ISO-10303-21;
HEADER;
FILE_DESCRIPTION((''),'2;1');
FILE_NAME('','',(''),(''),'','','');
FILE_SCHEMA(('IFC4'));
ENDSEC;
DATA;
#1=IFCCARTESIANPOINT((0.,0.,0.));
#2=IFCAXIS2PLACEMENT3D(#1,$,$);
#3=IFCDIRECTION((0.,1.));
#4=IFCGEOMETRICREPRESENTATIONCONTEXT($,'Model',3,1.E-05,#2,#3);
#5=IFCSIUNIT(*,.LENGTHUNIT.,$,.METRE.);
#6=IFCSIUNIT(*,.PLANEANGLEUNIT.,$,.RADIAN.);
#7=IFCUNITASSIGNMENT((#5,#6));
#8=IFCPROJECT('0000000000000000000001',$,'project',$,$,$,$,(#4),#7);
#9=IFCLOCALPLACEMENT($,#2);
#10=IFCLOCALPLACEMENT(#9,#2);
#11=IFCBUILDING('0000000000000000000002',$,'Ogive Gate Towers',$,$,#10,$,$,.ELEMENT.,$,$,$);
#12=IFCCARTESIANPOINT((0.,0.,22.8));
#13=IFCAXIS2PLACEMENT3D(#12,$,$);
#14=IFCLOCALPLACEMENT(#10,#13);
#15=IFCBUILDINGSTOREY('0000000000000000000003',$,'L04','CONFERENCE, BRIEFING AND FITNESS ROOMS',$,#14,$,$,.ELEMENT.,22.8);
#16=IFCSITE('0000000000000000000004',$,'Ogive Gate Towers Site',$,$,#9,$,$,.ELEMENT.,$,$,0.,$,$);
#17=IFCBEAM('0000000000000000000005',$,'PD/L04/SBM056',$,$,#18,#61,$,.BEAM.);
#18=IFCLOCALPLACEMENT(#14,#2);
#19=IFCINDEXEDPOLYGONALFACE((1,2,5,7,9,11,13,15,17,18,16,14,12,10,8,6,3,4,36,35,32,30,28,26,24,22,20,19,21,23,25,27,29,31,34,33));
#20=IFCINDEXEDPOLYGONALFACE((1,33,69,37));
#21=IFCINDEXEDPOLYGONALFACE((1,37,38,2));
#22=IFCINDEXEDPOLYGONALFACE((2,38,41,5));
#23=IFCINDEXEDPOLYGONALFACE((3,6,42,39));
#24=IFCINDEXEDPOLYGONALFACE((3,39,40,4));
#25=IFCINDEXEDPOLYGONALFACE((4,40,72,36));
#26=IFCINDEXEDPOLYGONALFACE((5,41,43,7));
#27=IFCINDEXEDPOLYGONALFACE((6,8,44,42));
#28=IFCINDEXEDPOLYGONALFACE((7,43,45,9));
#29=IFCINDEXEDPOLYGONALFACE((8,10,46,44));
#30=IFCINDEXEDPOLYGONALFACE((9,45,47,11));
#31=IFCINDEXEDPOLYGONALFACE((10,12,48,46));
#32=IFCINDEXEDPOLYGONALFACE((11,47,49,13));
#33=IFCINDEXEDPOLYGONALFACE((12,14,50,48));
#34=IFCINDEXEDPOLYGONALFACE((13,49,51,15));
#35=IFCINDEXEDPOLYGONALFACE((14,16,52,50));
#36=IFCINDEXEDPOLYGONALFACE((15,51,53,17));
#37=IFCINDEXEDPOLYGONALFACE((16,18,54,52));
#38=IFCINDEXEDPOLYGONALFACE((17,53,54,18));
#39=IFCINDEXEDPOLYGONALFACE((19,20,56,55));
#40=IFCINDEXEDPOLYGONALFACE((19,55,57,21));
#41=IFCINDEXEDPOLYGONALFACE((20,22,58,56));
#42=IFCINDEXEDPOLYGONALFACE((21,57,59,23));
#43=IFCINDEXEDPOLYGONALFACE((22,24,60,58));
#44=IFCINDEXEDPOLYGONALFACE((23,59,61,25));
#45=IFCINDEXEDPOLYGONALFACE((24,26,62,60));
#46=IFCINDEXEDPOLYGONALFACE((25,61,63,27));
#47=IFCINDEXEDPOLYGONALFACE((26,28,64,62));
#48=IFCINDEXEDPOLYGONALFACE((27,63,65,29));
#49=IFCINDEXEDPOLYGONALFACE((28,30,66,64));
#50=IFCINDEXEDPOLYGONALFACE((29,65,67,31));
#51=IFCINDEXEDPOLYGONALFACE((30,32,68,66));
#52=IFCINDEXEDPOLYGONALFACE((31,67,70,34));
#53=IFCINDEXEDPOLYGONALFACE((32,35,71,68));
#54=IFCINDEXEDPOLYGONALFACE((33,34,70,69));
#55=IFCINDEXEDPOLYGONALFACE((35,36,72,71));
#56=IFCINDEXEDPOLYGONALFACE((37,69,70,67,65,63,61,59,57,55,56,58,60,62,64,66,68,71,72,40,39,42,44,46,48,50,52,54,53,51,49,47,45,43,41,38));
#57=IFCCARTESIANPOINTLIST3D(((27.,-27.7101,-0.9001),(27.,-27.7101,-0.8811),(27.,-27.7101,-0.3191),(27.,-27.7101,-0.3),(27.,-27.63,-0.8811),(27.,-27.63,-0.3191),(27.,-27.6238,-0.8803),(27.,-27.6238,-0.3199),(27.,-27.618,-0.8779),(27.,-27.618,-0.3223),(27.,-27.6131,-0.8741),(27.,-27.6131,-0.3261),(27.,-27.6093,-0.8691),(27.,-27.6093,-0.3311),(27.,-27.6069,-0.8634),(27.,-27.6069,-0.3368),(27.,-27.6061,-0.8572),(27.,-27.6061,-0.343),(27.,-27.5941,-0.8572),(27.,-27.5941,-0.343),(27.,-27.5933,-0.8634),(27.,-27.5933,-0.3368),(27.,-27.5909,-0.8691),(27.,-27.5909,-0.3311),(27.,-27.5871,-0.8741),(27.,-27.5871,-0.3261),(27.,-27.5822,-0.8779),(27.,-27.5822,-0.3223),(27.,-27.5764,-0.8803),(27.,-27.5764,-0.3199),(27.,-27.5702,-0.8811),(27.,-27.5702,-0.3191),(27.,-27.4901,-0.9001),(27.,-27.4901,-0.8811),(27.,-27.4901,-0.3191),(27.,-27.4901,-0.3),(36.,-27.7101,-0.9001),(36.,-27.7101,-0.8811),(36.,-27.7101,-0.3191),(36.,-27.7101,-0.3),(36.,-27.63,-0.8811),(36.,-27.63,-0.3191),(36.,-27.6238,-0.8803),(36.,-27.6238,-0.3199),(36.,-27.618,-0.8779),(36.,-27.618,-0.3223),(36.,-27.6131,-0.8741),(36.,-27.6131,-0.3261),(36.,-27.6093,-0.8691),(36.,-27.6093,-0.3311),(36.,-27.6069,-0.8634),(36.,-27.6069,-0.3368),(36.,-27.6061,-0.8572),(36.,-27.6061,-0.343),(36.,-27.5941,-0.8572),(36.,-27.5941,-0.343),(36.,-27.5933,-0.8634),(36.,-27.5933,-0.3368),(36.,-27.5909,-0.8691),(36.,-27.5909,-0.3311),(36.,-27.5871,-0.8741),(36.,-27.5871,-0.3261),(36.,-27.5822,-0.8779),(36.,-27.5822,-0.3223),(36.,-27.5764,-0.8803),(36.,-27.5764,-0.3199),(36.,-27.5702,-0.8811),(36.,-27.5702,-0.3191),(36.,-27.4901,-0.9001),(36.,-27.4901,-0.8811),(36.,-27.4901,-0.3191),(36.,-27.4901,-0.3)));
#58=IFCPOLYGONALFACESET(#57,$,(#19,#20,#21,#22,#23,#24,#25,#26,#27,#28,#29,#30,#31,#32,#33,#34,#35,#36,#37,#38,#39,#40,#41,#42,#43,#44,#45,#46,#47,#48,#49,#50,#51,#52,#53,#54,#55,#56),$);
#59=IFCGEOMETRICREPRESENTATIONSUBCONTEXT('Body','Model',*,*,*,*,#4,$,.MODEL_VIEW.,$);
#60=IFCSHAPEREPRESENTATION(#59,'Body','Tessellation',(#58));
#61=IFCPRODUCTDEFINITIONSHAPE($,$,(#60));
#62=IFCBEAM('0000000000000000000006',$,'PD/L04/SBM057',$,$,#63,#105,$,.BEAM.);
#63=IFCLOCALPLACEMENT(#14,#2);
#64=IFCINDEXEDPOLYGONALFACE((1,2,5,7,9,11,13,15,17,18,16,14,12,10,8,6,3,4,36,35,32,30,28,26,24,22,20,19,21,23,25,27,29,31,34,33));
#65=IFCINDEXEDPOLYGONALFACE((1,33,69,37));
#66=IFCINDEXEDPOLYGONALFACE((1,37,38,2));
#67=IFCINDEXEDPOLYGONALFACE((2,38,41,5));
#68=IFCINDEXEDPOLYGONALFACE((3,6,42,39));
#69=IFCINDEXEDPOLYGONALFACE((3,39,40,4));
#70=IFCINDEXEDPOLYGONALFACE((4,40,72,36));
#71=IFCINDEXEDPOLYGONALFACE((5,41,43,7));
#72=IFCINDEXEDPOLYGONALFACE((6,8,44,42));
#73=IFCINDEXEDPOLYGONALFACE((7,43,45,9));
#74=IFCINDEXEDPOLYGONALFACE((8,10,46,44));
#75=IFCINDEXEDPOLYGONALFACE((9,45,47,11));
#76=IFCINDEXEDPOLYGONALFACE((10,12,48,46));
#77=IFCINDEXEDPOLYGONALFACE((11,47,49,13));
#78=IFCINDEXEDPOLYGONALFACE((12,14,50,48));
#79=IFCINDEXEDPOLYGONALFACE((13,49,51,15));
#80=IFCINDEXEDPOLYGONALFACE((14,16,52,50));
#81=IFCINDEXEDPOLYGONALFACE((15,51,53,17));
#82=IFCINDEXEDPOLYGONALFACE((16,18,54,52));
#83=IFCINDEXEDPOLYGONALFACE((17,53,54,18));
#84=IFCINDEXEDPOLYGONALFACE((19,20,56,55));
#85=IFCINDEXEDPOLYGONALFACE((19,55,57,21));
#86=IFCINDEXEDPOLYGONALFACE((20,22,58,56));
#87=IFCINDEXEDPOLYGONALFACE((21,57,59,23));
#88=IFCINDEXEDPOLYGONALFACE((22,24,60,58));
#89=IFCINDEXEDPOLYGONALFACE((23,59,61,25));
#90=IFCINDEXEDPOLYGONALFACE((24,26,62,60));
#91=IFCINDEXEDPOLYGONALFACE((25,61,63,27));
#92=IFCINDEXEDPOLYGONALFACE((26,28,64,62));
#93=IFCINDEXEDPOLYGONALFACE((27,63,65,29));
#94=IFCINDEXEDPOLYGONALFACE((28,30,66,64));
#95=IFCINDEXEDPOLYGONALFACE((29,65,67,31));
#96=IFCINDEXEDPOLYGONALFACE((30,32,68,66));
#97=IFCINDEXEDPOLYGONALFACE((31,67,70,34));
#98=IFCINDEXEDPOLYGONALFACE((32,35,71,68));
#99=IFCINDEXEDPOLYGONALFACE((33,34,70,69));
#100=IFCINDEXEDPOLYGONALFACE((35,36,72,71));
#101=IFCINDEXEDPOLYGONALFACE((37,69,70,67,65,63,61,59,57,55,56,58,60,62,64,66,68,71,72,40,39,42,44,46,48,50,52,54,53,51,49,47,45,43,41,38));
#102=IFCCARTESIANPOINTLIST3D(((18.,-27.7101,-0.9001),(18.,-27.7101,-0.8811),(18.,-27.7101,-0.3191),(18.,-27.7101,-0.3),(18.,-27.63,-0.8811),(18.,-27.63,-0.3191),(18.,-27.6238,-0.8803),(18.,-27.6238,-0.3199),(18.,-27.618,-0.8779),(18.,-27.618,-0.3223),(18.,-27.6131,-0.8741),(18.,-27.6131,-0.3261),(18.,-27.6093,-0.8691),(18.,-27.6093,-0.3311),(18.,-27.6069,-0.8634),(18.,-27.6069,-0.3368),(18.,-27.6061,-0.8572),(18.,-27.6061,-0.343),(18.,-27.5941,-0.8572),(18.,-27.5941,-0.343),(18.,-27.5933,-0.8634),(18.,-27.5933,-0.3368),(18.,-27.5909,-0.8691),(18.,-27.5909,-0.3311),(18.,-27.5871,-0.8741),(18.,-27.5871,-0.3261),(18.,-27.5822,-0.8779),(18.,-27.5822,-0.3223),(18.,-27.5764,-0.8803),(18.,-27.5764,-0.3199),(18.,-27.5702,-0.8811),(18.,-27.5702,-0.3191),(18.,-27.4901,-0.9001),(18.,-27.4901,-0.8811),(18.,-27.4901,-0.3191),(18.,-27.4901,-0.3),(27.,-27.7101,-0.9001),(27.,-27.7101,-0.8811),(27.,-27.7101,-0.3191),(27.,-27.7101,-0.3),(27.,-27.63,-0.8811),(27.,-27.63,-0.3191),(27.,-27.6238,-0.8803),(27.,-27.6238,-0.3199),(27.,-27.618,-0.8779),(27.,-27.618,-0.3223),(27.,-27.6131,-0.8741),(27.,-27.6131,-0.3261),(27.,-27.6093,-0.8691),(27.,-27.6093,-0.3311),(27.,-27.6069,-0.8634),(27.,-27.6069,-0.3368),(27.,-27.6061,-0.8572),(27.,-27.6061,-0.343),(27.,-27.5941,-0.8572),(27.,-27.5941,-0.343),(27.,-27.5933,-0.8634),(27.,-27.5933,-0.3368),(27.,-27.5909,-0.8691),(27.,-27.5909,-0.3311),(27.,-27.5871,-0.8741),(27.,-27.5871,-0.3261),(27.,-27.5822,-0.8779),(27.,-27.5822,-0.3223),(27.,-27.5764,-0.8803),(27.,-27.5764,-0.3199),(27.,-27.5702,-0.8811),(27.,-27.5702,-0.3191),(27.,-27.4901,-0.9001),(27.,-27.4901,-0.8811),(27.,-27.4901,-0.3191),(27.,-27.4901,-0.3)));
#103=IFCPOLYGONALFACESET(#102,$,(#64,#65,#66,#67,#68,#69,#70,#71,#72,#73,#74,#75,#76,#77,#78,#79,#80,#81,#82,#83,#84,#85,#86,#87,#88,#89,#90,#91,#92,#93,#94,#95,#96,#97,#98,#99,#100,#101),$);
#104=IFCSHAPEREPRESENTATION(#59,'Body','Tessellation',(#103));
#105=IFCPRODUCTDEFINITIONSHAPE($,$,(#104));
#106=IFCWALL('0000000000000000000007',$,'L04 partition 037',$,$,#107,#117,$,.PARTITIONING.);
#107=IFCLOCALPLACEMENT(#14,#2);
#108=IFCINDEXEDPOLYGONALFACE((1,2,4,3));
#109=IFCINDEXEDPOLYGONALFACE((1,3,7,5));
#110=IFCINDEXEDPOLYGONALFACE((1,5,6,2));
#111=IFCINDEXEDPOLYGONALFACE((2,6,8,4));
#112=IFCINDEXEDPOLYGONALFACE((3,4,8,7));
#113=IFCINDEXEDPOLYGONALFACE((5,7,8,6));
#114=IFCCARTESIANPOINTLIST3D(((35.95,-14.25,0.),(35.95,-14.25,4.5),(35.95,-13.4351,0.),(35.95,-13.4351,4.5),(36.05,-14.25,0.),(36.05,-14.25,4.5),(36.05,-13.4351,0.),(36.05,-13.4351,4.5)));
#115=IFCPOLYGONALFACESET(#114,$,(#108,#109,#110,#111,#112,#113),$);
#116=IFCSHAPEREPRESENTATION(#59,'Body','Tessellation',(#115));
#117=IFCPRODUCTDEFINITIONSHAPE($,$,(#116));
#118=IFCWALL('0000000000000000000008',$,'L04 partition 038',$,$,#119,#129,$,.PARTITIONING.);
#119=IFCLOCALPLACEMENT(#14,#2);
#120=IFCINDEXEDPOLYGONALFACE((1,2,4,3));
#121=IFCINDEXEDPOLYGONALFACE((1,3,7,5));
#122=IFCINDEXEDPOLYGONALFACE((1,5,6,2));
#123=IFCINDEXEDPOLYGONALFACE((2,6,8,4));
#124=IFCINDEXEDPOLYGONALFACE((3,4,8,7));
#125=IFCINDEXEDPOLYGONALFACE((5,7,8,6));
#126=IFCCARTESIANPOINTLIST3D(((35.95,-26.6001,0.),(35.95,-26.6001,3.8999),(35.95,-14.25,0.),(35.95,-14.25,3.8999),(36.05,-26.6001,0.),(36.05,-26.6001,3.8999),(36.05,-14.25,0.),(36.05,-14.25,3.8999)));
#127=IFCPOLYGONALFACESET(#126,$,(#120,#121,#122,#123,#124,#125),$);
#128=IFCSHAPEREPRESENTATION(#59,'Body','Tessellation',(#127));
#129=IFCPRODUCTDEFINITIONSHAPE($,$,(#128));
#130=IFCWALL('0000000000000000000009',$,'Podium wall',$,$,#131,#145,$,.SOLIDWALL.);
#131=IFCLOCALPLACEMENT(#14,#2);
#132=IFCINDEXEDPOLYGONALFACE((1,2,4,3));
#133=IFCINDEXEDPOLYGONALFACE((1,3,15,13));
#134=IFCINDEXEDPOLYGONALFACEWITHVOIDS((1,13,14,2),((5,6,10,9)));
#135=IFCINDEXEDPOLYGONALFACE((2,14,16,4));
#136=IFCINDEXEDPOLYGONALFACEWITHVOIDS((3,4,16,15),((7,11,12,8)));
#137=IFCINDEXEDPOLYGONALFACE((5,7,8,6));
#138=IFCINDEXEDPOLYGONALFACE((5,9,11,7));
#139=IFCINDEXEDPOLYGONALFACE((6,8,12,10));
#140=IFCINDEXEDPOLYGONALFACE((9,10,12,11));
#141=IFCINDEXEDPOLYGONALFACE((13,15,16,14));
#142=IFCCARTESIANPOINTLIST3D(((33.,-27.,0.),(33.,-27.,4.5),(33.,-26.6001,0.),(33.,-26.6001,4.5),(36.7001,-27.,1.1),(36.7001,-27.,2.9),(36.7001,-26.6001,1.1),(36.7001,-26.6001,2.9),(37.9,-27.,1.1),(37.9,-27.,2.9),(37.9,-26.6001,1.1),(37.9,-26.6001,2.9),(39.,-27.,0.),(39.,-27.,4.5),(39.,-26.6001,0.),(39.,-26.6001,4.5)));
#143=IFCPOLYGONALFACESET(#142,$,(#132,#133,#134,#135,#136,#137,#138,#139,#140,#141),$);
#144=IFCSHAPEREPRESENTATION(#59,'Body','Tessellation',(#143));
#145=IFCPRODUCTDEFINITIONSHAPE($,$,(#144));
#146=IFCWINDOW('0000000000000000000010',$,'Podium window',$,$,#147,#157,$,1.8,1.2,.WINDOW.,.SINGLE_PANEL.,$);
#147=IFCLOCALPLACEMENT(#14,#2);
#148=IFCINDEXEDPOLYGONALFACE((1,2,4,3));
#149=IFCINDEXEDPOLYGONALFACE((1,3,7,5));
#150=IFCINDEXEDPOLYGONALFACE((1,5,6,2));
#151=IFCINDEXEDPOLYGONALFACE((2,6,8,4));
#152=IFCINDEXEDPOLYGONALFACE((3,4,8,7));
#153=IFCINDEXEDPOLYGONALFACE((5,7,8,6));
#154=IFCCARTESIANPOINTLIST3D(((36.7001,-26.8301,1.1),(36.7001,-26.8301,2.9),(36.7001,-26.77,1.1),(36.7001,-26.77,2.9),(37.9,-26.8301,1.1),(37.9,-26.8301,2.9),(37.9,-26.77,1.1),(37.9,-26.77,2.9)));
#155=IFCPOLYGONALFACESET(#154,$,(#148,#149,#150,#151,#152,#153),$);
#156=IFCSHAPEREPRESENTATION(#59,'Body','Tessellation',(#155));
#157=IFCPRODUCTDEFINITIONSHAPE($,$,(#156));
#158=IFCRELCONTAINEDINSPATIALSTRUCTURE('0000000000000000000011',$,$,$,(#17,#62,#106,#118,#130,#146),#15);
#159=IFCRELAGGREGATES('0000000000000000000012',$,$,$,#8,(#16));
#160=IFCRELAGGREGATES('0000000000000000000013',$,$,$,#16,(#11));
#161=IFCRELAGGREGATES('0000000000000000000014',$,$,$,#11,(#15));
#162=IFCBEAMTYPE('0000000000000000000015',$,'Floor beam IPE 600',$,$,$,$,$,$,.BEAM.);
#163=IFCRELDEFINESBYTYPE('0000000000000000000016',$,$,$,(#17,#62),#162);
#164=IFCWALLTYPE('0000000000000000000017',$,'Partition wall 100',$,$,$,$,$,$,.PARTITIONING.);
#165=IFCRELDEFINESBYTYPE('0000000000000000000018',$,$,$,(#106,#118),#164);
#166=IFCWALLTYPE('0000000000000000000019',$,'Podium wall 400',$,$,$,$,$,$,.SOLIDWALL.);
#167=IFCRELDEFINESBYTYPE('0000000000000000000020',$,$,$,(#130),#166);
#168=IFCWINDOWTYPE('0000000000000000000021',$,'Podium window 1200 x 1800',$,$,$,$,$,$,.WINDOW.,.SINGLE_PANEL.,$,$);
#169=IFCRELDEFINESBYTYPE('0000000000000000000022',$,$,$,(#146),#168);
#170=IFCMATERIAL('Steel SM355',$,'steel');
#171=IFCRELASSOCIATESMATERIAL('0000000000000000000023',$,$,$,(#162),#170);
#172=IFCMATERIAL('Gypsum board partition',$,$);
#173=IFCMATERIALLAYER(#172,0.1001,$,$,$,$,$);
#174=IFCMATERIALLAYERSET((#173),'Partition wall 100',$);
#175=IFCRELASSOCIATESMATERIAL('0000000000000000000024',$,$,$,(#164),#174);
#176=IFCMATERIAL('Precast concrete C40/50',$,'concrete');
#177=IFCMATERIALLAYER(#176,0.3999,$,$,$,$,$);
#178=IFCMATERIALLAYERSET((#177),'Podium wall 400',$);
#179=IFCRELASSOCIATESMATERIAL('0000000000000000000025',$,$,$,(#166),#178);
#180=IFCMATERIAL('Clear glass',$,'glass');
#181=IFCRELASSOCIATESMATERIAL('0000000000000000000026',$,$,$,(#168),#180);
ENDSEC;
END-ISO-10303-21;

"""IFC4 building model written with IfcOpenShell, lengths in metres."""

from ifc_helpers import new_model, si_unit, direction, frame, frame_2d, origin, origin_2d, place, context, subcontext, project, spatial, rectangle, i_section, extrude, material, layer, layer_set, material_profile, profile_set, type_object, element, fill, save


model = new_model("IFC4")

# Units and contexts
model_context = context("Model", 3, precision=1e-05, world=origin(), true_north=direction((0.0, 1.0)))
body_context = subcontext(model_context, "Body", "Model", "MODEL_VIEW")
ifc_project = project(units=[si_unit("LENGTHUNIT", "METRE"), si_unit("PLANEANGLEUNIT", "RADIAN")], contexts=[model_context])

# Site, building, storey
site_placement = place(None, origin())
site = spatial("IfcSite", under=ifc_project, at=site_placement, Name="Ogive Gate Towers Site", CompositionType="ELEMENT", RefElevation=0.0)
building_placement = place(site_placement, origin())
building = spatial("IfcBuilding", under=site, at=building_placement, Name="Ogive Gate Towers", CompositionType="ELEMENT")
storey_placement = place(building_placement, frame((0.0, 0.0, 22.8)))
storey = spatial("IfcBuildingStorey", under=building, at=storey_placement, Name="L04", Description="CONFERENCE, BRIEFING AND FITNESS ROOMS", CompositionType="ELEMENT", Elevation=22.8)

# Beams
ifc_material_1 = material(Name="Steel SM355", Category="steel")
ifc_material_profile_1 = material_profile(ifc_material_1, i_section(OverallWidth=0.22, OverallDepth=0.6001, WebThickness=0.012, FlangeThickness=0.019, FilletRadius=0.0239, at=origin_2d()), Name="IPE 600")
ifc_profile_set_1 = profile_set([ifc_material_profile_1], Name="Steel SM355")
beam_type_1 = type_object("IfcBeamType", Name="Floor beam IPE 600", PredefinedType="BEAM", material=ifc_profile_set_1)
for number, where, z_axis, x_axis, name in (
    (1, (36.0, -27.6001, -0.6001), (-1.0, 0.0, 0.0), (0.0, -1.0, 0.0), "PD/L04/SBM056"),
    (2, (27.0, -27.6001, -0.6001), (-1.0, 0.0, 0.0), (0.0, -1.0, 0.0), "PD/L04/SBM057"),
):
    element("IfcBeam", number, at=place(storey_placement, frame(where, z_axis=z_axis, x_axis=x_axis)), inside=storey, type_object=beam_type_1, Name=name, PredefinedType="BEAM", context=body_context, shape_type="SweptSolid", body=[
        extrude(i_section(OverallWidth=0.22, OverallDepth=0.6001, WebThickness=0.012, FlangeThickness=0.019, FilletRadius=0.0239, at=origin_2d()), origin(), (0.0, 0.0, 1.0), 9.0),
    ])

# Walls
ifc_material_2 = material(Name="Gypsum board partition")
ifc_layer_1 = layer(ifc_material_2, 0.1001)
ifc_layer_set_1 = layer_set([ifc_layer_1], Name="Partition wall 100")
wall_type_1 = type_object("IfcWallType", Name="Partition wall 100", PredefinedType="PARTITIONING", material=ifc_layer_set_1)
wall_1_placement = place(storey_placement, frame((36.0, -14.25, 0.0), z_axis=(0.0, 0.0, 1.0), x_axis=(0.0, 1.0, 0.0)))
element("IfcWall", 3, at=wall_1_placement, inside=storey, type_object=wall_type_1, Name="L04 partition 037", PredefinedType="PARTITIONING", context=body_context, shape_type="SweptSolid", body=[
    extrude(rectangle(XDim=0.8149, YDim=0.1001, at=frame_2d((0.4075, 0.0))), origin(), (0.0, 0.0, 1.0), 4.5),
])
wall_2_placement = place(storey_placement, frame((36.0, -26.6001, 0.0), z_axis=(0.0, 0.0, 1.0), x_axis=(0.0, 1.0, 0.0)))
element("IfcWall", 4, at=wall_2_placement, inside=storey, type_object=wall_type_1, Name="L04 partition 038", PredefinedType="PARTITIONING", context=body_context, shape_type="SweptSolid", body=[
    extrude(rectangle(XDim=12.3501, YDim=0.1001, at=frame_2d((6.175, 0.0))), origin(), (0.0, 0.0, 1.0), 3.8999),
])

# Shared definitions
ifc_material_3 = material(Name="Precast concrete C40/50", Category="concrete")
ifc_layer_2 = layer(ifc_material_3, 0.3999)
ifc_layer_set_2 = layer_set([ifc_layer_2], Name="Podium wall 400")
wall_type_2 = type_object("IfcWallType", Name="Podium wall 400", PredefinedType="SOLIDWALL", material=ifc_layer_set_2)

# Wall, opening, window
wall_3_placement = place(storey_placement, frame((33.0, -26.8, 0.0), z_axis=(0.0, 0.0, 1.0), x_axis=(1.0, 0.0, 0.0)))
wall_3 = element("IfcWall", 5, at=wall_3_placement, inside=storey, type_object=wall_type_2, Name="Podium wall", PredefinedType="SOLIDWALL", context=body_context, shape_type="SweptSolid", body=[
    extrude(rectangle(XDim=6.0, YDim=0.3999, at=frame_2d((3.0, 0.0))), origin(), (0.0, 0.0, 1.0), 4.5),
])
opening_1_placement = place(wall_3_placement, frame((3.7, 0.0, 1.1001)))
opening_1 = element("IfcOpeningElement", 6, at=opening_1_placement, cuts=wall_3, PredefinedType="OPENING", context=body_context, shape_type="SweptSolid", body=[
    extrude(rectangle(XDim=1.2, YDim=1.8, at=frame_2d((0.6001, 0.8999))), frame((0.0, 0.21, 0.0), z_axis=(0.0, -1.0, 0.0), x_axis=(1.0, 0.0, 0.0)), (0.0, 0.0, 1.0), 0.4199),
])
ifc_material_4 = material(Name="Clear glass", Category="glass")
window_type = type_object("IfcWindowType", Name="Podium window 1200 x 1800", PartitioningType="SINGLE_PANEL", PredefinedType="WINDOW", material=ifc_material_4)
window_placement = place(opening_1_placement, origin())
window = element("IfcWindow", 7, at=window_placement, inside=storey, type_object=window_type, Name="Podium window", OverallHeight=1.8, OverallWidth=1.2, PartitioningType="SINGLE_PANEL", PredefinedType="WINDOW", context=body_context, shape_type="SweptSolid", body=[
    extrude(rectangle(XDim=1.2, YDim=1.8, at=frame_2d((0.6001, 0.8999))), frame((0.0, 0.03, 0.0), z_axis=(0.0, -1.0, 0.0), x_axis=(1.0, 0.0, 0.0)), (0.0, 0.0, 1.0), 0.0601),
])
fill(opening_1, window)

save(model, "model.ifc")
